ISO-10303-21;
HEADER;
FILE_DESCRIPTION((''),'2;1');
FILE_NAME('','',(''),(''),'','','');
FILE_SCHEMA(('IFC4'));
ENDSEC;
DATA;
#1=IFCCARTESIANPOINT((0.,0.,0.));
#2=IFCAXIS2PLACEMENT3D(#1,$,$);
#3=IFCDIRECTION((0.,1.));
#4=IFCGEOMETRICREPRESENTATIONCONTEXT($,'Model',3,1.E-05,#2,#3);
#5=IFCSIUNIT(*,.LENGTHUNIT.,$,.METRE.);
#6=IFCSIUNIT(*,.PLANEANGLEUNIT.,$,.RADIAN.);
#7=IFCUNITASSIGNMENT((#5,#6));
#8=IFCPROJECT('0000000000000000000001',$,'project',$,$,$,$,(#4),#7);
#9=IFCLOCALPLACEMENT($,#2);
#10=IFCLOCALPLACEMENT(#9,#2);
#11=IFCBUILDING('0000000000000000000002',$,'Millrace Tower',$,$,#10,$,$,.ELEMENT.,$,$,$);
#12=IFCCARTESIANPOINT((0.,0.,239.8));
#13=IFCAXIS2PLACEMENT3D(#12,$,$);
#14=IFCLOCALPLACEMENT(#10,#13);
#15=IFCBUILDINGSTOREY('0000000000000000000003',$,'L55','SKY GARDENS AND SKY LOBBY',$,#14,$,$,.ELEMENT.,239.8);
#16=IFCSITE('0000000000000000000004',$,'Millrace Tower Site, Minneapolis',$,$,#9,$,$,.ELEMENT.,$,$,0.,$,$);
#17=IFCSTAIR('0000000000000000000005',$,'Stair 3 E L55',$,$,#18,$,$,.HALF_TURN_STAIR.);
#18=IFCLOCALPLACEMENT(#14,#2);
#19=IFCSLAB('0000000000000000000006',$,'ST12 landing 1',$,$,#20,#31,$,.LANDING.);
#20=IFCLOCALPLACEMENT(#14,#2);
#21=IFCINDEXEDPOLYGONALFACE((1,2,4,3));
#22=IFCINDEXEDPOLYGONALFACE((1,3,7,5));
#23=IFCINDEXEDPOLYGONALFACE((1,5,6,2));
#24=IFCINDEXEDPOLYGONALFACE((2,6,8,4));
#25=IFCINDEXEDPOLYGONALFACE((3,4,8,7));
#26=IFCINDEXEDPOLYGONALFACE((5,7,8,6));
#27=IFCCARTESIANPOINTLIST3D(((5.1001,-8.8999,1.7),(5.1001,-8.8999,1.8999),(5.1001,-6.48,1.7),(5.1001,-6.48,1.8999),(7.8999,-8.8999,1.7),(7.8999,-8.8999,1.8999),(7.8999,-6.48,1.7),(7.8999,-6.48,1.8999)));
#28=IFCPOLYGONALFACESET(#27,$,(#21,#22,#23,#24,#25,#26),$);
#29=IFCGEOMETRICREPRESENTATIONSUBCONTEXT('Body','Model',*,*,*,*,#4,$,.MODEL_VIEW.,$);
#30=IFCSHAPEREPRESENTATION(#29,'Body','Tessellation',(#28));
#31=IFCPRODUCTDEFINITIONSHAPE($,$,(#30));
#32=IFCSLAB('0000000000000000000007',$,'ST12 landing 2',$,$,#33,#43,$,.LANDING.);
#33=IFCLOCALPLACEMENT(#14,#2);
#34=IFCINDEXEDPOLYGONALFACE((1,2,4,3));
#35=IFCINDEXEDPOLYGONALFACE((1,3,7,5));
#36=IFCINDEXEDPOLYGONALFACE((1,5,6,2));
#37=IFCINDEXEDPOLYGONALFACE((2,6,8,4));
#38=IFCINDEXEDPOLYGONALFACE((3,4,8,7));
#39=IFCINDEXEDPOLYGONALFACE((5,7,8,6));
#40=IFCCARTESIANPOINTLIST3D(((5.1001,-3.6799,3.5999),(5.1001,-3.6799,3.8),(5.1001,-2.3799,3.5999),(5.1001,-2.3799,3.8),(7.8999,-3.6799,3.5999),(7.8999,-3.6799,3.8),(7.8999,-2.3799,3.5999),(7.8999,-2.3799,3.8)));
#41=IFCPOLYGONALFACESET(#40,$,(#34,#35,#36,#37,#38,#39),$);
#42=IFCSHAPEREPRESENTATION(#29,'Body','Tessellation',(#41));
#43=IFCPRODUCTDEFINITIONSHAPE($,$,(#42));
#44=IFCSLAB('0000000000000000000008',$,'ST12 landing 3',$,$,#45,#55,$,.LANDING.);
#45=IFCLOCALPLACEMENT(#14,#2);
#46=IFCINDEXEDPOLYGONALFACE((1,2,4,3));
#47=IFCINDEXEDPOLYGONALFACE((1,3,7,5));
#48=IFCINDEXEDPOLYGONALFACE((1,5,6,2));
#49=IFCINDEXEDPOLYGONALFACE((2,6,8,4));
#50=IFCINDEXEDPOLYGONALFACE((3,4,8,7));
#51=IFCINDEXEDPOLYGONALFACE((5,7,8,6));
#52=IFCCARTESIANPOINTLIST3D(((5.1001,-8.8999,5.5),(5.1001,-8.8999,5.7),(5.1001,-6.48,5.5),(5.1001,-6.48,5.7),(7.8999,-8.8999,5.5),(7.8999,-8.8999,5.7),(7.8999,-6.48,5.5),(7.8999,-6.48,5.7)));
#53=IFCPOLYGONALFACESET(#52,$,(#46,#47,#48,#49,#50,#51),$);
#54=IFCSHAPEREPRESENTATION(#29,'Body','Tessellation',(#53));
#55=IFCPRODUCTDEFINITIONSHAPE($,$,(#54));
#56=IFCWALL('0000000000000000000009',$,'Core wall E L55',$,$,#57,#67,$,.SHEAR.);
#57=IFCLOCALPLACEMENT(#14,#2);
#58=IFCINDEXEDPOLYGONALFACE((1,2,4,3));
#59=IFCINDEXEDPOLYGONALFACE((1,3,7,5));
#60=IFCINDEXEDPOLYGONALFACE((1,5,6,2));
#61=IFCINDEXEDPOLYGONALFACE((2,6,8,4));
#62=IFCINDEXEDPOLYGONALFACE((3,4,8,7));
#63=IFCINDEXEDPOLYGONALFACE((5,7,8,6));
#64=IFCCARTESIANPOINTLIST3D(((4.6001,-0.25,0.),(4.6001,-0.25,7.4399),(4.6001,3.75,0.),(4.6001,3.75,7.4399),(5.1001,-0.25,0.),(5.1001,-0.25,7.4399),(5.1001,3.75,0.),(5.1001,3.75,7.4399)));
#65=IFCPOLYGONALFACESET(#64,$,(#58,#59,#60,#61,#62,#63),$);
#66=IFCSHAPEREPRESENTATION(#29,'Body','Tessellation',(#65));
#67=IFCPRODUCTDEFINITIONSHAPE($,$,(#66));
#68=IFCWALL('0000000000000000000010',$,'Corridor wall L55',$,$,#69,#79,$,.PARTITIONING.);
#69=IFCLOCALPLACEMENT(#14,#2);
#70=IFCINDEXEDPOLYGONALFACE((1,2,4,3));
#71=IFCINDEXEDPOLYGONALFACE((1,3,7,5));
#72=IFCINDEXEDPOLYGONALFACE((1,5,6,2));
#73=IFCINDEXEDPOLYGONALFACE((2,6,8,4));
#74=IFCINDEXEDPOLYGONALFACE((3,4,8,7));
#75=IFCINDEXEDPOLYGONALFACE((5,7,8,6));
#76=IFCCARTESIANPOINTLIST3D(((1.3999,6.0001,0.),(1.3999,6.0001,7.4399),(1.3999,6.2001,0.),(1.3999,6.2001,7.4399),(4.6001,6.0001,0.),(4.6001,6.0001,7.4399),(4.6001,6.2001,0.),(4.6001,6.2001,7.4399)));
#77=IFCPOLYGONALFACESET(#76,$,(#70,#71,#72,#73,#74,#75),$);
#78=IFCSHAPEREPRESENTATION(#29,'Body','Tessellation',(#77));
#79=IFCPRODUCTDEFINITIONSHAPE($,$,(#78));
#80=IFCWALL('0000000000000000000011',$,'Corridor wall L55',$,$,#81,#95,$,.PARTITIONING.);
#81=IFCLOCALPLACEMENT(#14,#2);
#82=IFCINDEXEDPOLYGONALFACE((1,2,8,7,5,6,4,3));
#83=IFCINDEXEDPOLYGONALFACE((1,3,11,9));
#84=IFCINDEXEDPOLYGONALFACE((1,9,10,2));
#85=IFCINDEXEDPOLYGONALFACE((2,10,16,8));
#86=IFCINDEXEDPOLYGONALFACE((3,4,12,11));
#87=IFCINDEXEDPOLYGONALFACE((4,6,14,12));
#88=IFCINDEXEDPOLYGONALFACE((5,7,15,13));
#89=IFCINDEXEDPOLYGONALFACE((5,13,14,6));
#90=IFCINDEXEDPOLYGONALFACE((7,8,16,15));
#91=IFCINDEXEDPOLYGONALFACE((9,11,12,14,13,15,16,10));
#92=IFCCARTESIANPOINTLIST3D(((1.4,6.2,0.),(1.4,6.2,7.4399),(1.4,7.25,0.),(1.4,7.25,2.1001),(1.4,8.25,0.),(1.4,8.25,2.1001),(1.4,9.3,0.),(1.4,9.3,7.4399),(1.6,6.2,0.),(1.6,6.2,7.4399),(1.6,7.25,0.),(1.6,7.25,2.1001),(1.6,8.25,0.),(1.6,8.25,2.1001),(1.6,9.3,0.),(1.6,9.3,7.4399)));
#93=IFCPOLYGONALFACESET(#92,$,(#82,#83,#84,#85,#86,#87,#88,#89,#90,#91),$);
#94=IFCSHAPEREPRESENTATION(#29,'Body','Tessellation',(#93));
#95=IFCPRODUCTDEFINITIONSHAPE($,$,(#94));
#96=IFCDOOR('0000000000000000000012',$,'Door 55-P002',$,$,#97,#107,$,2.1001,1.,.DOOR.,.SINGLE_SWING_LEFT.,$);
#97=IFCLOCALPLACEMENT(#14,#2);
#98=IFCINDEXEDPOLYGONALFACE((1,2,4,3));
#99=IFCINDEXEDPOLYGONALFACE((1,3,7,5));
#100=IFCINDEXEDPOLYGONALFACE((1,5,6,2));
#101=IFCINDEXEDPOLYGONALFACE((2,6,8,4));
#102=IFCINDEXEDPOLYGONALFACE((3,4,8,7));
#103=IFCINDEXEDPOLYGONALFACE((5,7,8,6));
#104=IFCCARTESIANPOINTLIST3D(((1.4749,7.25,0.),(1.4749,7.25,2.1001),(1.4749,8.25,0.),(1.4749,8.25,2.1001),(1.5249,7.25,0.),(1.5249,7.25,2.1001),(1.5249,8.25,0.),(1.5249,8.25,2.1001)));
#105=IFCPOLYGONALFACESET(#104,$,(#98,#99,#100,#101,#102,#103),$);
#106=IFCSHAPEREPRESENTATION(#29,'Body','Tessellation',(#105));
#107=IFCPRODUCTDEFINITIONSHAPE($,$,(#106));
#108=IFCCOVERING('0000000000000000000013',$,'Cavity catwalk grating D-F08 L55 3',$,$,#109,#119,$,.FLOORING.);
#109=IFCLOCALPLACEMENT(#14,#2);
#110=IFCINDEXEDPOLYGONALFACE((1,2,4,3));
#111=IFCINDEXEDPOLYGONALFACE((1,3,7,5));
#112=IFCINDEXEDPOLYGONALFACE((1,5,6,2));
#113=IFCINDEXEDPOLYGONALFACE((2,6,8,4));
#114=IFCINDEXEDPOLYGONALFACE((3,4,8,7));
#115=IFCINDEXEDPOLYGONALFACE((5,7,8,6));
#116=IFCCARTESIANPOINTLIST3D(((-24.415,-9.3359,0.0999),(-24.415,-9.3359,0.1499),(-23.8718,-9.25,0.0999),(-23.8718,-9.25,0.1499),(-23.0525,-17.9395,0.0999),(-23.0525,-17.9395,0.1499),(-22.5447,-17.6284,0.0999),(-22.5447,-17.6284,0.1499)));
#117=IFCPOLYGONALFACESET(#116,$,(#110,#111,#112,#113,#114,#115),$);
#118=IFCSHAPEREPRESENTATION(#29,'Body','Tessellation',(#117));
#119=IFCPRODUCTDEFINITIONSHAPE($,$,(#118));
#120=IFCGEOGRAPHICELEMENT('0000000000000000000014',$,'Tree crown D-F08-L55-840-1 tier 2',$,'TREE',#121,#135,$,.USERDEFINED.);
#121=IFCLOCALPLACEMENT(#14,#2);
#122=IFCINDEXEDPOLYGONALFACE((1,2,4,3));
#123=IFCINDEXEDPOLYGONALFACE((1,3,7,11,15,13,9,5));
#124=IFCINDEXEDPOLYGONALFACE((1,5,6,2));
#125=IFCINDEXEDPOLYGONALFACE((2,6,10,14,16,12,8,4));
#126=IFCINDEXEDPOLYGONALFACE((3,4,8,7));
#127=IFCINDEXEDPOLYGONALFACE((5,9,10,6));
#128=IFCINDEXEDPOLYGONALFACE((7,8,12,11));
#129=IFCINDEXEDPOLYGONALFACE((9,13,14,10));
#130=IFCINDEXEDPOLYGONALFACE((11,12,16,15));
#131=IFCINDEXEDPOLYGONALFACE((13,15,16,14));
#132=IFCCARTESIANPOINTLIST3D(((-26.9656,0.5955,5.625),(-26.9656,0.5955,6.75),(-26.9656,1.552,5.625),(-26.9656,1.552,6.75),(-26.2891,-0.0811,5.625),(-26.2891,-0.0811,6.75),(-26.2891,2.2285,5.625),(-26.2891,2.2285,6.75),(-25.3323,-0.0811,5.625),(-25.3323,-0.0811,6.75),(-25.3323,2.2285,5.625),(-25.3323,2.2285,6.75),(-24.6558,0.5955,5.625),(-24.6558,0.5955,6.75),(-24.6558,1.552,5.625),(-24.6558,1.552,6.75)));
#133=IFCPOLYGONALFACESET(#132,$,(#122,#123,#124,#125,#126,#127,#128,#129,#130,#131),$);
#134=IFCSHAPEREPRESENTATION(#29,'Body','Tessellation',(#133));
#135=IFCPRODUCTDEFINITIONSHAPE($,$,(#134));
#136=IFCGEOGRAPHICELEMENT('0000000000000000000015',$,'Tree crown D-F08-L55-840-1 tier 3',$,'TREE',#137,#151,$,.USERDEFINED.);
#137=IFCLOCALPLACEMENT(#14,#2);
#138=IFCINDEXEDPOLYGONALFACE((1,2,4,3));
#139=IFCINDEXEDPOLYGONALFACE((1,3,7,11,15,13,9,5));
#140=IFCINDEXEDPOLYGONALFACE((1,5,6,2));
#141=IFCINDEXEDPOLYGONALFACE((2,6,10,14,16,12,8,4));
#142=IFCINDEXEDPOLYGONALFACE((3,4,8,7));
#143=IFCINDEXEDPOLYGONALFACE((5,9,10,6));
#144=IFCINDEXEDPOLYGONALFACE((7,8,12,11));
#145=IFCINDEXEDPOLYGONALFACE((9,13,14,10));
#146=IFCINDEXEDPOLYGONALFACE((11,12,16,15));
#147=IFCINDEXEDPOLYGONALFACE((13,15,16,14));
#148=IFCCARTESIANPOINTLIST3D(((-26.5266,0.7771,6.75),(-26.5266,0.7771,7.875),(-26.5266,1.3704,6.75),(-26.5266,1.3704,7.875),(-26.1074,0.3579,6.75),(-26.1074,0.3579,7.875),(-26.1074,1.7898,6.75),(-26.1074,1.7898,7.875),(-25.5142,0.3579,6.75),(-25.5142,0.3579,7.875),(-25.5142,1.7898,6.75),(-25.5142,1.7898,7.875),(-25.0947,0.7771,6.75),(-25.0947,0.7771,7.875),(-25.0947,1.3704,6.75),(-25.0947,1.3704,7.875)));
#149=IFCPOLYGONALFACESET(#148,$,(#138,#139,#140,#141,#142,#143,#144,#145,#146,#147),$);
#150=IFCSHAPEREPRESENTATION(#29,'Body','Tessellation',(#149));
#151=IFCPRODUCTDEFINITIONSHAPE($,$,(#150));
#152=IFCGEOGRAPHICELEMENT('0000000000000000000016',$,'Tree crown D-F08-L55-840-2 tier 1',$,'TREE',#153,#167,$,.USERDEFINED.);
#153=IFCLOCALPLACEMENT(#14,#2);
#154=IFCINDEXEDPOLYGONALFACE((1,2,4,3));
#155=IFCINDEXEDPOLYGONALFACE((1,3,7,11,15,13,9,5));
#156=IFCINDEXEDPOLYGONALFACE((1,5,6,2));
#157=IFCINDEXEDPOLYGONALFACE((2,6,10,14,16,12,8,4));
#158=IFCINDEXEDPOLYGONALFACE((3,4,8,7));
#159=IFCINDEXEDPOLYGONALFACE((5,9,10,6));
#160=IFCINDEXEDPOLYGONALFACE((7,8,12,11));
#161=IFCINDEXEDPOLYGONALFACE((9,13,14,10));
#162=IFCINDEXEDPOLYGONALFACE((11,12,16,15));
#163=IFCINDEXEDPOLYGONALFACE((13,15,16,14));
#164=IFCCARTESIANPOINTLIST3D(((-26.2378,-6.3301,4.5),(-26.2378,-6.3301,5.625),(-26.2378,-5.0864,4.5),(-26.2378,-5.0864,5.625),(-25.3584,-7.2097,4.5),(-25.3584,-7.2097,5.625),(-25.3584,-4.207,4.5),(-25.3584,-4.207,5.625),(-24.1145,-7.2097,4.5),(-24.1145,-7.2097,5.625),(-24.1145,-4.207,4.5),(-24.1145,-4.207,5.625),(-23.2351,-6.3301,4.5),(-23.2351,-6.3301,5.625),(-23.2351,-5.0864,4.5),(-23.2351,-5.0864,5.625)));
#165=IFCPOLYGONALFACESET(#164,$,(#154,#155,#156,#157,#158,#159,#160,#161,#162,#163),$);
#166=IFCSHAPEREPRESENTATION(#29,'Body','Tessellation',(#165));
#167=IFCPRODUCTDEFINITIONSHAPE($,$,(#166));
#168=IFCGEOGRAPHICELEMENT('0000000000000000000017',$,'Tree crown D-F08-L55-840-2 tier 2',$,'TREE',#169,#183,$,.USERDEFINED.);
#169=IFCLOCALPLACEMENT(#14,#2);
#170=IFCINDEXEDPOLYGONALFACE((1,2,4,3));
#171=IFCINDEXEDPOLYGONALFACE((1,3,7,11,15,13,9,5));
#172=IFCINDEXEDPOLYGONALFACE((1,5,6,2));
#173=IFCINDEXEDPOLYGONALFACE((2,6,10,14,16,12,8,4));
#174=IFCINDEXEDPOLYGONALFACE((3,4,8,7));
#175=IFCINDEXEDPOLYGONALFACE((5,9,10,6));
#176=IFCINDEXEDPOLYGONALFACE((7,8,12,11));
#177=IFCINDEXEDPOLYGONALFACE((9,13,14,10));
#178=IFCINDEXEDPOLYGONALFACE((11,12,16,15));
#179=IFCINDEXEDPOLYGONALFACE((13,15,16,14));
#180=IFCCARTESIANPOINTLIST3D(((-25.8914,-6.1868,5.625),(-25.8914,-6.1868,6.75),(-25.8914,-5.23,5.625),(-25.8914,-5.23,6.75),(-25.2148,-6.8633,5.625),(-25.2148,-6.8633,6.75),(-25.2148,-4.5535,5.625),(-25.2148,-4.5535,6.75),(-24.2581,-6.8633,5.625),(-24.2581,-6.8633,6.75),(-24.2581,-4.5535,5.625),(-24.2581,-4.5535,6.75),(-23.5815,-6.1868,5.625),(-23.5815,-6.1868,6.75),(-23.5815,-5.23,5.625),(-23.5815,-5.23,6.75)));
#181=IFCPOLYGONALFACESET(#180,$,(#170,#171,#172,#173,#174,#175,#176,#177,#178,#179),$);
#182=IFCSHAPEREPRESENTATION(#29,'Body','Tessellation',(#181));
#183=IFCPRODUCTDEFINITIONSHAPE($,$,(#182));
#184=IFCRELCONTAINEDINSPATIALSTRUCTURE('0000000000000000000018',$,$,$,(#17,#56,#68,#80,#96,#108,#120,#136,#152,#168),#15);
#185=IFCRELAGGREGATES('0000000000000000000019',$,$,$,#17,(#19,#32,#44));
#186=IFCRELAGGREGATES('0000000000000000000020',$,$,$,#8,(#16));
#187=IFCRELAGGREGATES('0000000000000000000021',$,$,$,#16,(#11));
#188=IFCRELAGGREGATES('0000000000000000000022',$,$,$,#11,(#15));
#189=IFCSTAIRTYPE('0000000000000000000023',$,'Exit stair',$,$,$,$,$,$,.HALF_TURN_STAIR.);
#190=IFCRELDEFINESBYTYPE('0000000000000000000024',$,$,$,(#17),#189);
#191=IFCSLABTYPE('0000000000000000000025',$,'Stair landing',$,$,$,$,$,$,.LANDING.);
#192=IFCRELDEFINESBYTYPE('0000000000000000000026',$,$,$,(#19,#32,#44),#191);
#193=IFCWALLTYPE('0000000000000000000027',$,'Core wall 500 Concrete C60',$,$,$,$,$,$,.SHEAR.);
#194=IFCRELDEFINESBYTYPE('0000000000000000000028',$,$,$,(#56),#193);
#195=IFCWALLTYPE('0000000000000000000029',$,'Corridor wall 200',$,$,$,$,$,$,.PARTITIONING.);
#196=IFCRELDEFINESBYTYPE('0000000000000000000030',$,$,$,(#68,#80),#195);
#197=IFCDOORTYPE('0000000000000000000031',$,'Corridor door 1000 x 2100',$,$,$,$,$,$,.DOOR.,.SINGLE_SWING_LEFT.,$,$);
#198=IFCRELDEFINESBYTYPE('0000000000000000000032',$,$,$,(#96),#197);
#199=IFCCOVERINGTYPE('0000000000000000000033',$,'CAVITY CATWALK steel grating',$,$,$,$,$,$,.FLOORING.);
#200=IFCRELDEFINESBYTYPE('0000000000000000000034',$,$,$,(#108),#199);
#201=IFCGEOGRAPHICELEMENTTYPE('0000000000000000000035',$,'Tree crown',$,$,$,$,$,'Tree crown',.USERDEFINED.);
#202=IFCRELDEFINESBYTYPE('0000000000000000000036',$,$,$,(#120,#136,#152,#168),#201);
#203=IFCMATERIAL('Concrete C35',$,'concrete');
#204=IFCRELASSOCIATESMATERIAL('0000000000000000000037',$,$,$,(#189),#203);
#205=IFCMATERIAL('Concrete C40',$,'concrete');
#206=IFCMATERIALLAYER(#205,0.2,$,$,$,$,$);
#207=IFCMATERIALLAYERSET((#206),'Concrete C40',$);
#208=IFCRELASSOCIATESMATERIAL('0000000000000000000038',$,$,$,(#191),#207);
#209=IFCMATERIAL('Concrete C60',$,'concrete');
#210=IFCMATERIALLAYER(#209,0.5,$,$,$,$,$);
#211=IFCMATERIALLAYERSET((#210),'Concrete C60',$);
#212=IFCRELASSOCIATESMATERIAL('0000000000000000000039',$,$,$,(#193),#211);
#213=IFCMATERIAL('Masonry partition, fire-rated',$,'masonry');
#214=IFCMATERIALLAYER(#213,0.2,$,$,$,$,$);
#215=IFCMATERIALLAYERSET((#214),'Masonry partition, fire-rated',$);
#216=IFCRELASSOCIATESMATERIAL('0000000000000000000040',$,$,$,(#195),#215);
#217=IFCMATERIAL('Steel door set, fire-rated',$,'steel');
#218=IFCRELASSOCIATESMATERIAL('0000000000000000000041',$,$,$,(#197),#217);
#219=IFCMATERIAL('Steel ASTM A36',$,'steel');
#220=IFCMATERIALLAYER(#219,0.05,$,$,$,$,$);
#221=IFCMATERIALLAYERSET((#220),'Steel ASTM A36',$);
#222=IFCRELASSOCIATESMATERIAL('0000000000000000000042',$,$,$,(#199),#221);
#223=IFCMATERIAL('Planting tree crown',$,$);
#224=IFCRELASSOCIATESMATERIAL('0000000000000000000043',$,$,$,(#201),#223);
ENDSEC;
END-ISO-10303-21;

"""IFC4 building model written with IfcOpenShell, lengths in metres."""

from ifc_helpers import new_model, si_unit, direction, frame, frame_2d, origin, place, context, subcontext, project, spatial, polyline, rectangle, outline, extrude, material, layer, layer_set, type_object, element, fill, aggregate, save


model = new_model("IFC4")

# Units and contexts
model_context = context("Model", 3, precision=1e-05, world=origin(), true_north=direction((0.0, 1.0)))
body_context = subcontext(model_context, "Body", "Model", "MODEL_VIEW")
ifc_project = project(units=[si_unit("LENGTHUNIT", "METRE"), si_unit("PLANEANGLEUNIT", "RADIAN")], contexts=[model_context])

# Site, building, storey
site_placement = place(None, origin())
site = spatial("IfcSite", under=ifc_project, at=site_placement, Name="Millrace Tower Site, Minneapolis", CompositionType="ELEMENT", RefElevation=0.0)
building_placement = place(site_placement, origin())
building = spatial("IfcBuilding", under=site, at=building_placement, Name="Millrace Tower", CompositionType="ELEMENT")
storey_placement = place(building_placement, frame((0.0, 0.0, 239.8)))
storey = spatial("IfcBuildingStorey", under=building, at=storey_placement, Name="L55", Description="SKY GARDENS AND SKY LOBBY", CompositionType="ELEMENT", Elevation=239.8)

# Stair, slabs
ifc_material_1 = material(Name="Concrete C35", Category="concrete")
stair_type = type_object("IfcStairType", Name="Exit stair", PredefinedType="HALF_TURN_STAIR", material=ifc_material_1)
placement_1 = place(storey_placement, origin())
ifc_material_2 = material(Name="Concrete C40", Category="concrete")
ifc_layer_1 = layer(ifc_material_2, 0.2)
ifc_layer_set_1 = layer_set([ifc_layer_1], Name="Concrete C40")
slab_type = type_object("IfcSlabType", Name="Stair landing", PredefinedType="LANDING", material=ifc_layer_set_1)
placement_2 = place(storey_placement, frame((0.0, 0.0, 1.7)))
placement_3 = place(storey_placement, frame((0.0, 0.0, 3.5999)))
placement_4 = place(storey_placement, frame((0.0, 0.0, 5.5)))
stair_1 = element("IfcStair", 1, at=placement_1, inside=storey, type_object=stair_type, Name="Stair 3 E L55", PredefinedType="HALF_TURN_STAIR")
slab_1 = element("IfcSlab", 2, at=placement_2, type_object=slab_type, Name="ST12 landing 1", PredefinedType="LANDING", context=body_context, shape_type="SweptSolid", body=[
    extrude(outline(polyline([(5.1001, -8.8999), (7.8999, -8.8999), (7.8999, -6.48), (5.1001, -6.48), (5.1001, -8.8999)])), origin(), (0.0, 0.0, 1.0), 0.2),
])
slab_2 = element("IfcSlab", 3, at=placement_3, type_object=slab_type, Name="ST12 landing 2", PredefinedType="LANDING", context=body_context, shape_type="SweptSolid", body=[
    extrude(outline(polyline([(5.1001, -3.6799), (7.8999, -3.6799), (7.8999, -2.3799), (5.1001, -2.3799), (5.1001, -3.6799)])), origin(), (0.0, 0.0, 1.0), 0.2002),
])
slab_3 = element("IfcSlab", 4, at=placement_4, type_object=slab_type, Name="ST12 landing 3", PredefinedType="LANDING", context=body_context, shape_type="SweptSolid", body=[
    extrude(outline(polyline([(5.1001, -8.8999), (7.8999, -8.8999), (7.8999, -6.48), (5.1001, -6.48), (5.1001, -8.8999)])), origin(), (0.0, 0.0, 1.0), 0.2),
])
aggregate(stair_1, [slab_1, slab_2, slab_3])

# Walls
ifc_material_3 = material(Name="Concrete C60", Category="concrete")
ifc_layer_2 = layer(ifc_material_3, 0.5)
ifc_layer_set_2 = layer_set([ifc_layer_2], Name="Concrete C60")
wall_type_1 = type_object("IfcWallType", Name="Core wall 500 Concrete C60", PredefinedType="SHEAR", material=ifc_layer_set_2)
wall_1_placement = place(storey_placement, frame((4.8501, 3.75, 0.0), z_axis=(0.0, 0.0, 1.0), x_axis=(0.0, -1.0, 0.0)))
element("IfcWall", 5, at=wall_1_placement, inside=storey, type_object=wall_type_1, Name="Core wall E L55", PredefinedType="SHEAR", context=body_context, shape_type="SweptSolid", body=[
    extrude(rectangle(XDim=4.0, YDim=0.5, at=frame_2d((2.0, 0.0))), origin(), (0.0, 0.0, 1.0), 7.4399),
])
ifc_material_4 = material(Name="Masonry partition, fire-rated", Category="masonry")
ifc_layer_3 = layer(ifc_material_4, 0.2)
ifc_layer_set_3 = layer_set([ifc_layer_3], Name="Masonry partition, fire-rated")
wall_type_2 = type_object("IfcWallType", Name="Corridor wall 200", PredefinedType="PARTITIONING", material=ifc_layer_set_3)
wall_2_placement = place(storey_placement, frame((1.3999, 6.1001, 0.0), z_axis=(0.0, 0.0, 1.0), x_axis=(1.0, 0.0, 0.0)))
element("IfcWall", 6, at=wall_2_placement, inside=storey, type_object=wall_type_2, Name="Corridor wall L55", PredefinedType="PARTITIONING", context=body_context, shape_type="SweptSolid", body=[
    extrude(rectangle(XDim=3.2002, YDim=0.2, at=frame_2d((1.6001, 0.0))), origin(), (0.0, 0.0, 1.0), 7.4399),
])

# Wall, opening, door
wall_3_placement = place(storey_placement, frame((1.5, 6.2, 0.0), z_axis=(0.0, 0.0, 1.0), x_axis=(0.0, 1.0, 0.0)))
wall_3 = element("IfcWall", 7, at=wall_3_placement, inside=storey, type_object=wall_type_2, Name="Corridor wall L55", PredefinedType="PARTITIONING", context=body_context, shape_type="SweptSolid", body=[
    extrude(rectangle(XDim=3.1001, YDim=0.2, at=frame_2d((1.55, 0.0))), origin(), (0.0, 0.0, 1.0), 7.4399),
])
opening_placement = place(wall_3_placement, frame((1.05, 0.0, 0.0)))
opening = element("IfcOpeningElement", 8, at=opening_placement, cuts=wall_3, PredefinedType="OPENING", context=body_context, shape_type="SweptSolid", body=[
    extrude(rectangle(XDim=1.0, YDim=2.1001, at=frame_2d((0.5, 1.05))), frame((0.0, 0.1099, 0.0), z_axis=(0.0, -1.0, 0.0), x_axis=(1.0, 0.0, 0.0)), (0.0, 0.0, 1.0), 0.22),
])
ifc_material_5 = material(Name="Steel door set, fire-rated", Category="steel")
door_type = type_object("IfcDoorType", Name="Corridor door 1000 x 2100", OperationType="SINGLE_SWING_LEFT", PredefinedType="DOOR", material=ifc_material_5)
door_placement = place(opening_placement, frame((1.0, 0.0, 0.0), z_axis=(0.0, 0.0, 1.0), x_axis=(-1.0, 0.0, 0.0)))
door = element("IfcDoor", 9, at=door_placement, inside=storey, type_object=door_type, Name="Door 55-P002", OperationType="SINGLE_SWING_LEFT", OverallHeight=2.1001, OverallWidth=1.0, PredefinedType="DOOR", context=body_context, shape_type="SweptSolid", body=[
    extrude(rectangle(XDim=1.0, YDim=2.1001, at=frame_2d((0.5, 1.05))), frame((0.0, 0.0249, 0.0), z_axis=(0.0, -1.0, 0.0), x_axis=(1.0, 0.0, 0.0)), (0.0, 0.0, 1.0), 0.05),
])
fill(opening, door)

# Covering
ifc_material_6 = material(Name="Steel ASTM A36", Category="steel")
ifc_layer_4 = layer(ifc_material_6, 0.05)
ifc_layer_set_4 = layer_set([ifc_layer_4], Name="Steel ASTM A36")
covering_type = type_object("IfcCoveringType", Name="CAVITY CATWALK steel grating", PredefinedType="FLOORING", material=ifc_layer_set_4)
covering_placement = place(storey_placement, frame((0.0, 0.0, 0.0999)))
element("IfcCovering", 10, at=covering_placement, inside=storey, type_object=covering_type, Name="Cavity catwalk grating D-F08 L55 3", PredefinedType="FLOORING", context=body_context, shape_type="SweptSolid", body=[
    extrude(outline(polyline([(-24.415, -9.3359), (-23.0525, -17.9395), (-22.5447, -17.6284), (-23.8718, -9.25), (-24.415, -9.3359)])), origin(), (0.0, 0.0, 1.0), 0.05),
])

# Geographic elements
ifc_material_7 = material(Name="Planting tree crown")
geographic_element_type = type_object("IfcGeographicElementType", Name="Tree crown", ElementType="Tree crown", PredefinedType="USERDEFINED", material=ifc_material_7)
placement_5 = place(storey_placement, frame((0.0, 0.0, 5.625)))
element("IfcGeographicElement", 11, at=placement_5, inside=storey, type_object=geographic_element_type, Name="Tree crown D-F08-L55-840-1 tier 2", ObjectType="TREE", PredefinedType="USERDEFINED", context=body_context, shape_type="SweptSolid", body=[
    extrude(outline(polyline([(-24.6558, 1.552), (-25.3323, 2.2285), (-26.2891, 2.2285), (-26.9656, 1.552), (-26.9656, 0.5955), (-26.2891, -0.0811), (-25.3323, -0.0811), (-24.6558, 0.5955), (-24.6558, 1.552)])), origin(), (0.0, 0.0, 1.0), 1.125),
])
placement_6 = place(storey_placement, frame((0.0, 0.0, 6.75)))
element("IfcGeographicElement", 12, at=placement_6, inside=storey, type_object=geographic_element_type, Name="Tree crown D-F08-L55-840-1 tier 3", ObjectType="TREE", PredefinedType="USERDEFINED", context=body_context, shape_type="SweptSolid", body=[
    extrude(outline(polyline([(-25.0947, 1.3704), (-25.5142, 1.7898), (-26.1074, 1.7898), (-26.5266, 1.3704), (-26.5266, 0.7771), (-26.1074, 0.3579), (-25.5142, 0.3579), (-25.0947, 0.7771), (-25.0947, 1.3704)])), origin(), (0.0, 0.0, 1.0), 1.125),
])
geographic_element_1_placement = place(storey_placement, frame((0.0, 0.0, 4.5)))
element("IfcGeographicElement", 13, at=geographic_element_1_placement, inside=storey, type_object=geographic_element_type, Name="Tree crown D-F08-L55-840-2 tier 1", ObjectType="TREE", PredefinedType="USERDEFINED", context=body_context, shape_type="SweptSolid", body=[
    extrude(outline(polyline([(-23.2351, -5.0864), (-24.1145, -4.207), (-25.3584, -4.207), (-26.2378, -5.0864), (-26.2378, -6.3301), (-25.3584, -7.2097), (-24.1145, -7.2097), (-23.2351, -6.3301), (-23.2351, -5.0864)])), origin(), (0.0, 0.0, 1.0), 1.125),
])
element("IfcGeographicElement", 14, at=placement_5, inside=storey, type_object=geographic_element_type, Name="Tree crown D-F08-L55-840-2 tier 2", ObjectType="TREE", PredefinedType="USERDEFINED", context=body_context, shape_type="SweptSolid", body=[
    extrude(outline(polyline([(-23.5815, -5.23), (-24.2581, -4.5535), (-25.2148, -4.5535), (-25.8914, -5.23), (-25.8914, -6.1868), (-25.2148, -6.8633), (-24.2581, -6.8633), (-23.5815, -6.1868), (-23.5815, -5.23)])), origin(), (0.0, 0.0, 1.0), 1.125),
])

save(model, "model.ifc")
